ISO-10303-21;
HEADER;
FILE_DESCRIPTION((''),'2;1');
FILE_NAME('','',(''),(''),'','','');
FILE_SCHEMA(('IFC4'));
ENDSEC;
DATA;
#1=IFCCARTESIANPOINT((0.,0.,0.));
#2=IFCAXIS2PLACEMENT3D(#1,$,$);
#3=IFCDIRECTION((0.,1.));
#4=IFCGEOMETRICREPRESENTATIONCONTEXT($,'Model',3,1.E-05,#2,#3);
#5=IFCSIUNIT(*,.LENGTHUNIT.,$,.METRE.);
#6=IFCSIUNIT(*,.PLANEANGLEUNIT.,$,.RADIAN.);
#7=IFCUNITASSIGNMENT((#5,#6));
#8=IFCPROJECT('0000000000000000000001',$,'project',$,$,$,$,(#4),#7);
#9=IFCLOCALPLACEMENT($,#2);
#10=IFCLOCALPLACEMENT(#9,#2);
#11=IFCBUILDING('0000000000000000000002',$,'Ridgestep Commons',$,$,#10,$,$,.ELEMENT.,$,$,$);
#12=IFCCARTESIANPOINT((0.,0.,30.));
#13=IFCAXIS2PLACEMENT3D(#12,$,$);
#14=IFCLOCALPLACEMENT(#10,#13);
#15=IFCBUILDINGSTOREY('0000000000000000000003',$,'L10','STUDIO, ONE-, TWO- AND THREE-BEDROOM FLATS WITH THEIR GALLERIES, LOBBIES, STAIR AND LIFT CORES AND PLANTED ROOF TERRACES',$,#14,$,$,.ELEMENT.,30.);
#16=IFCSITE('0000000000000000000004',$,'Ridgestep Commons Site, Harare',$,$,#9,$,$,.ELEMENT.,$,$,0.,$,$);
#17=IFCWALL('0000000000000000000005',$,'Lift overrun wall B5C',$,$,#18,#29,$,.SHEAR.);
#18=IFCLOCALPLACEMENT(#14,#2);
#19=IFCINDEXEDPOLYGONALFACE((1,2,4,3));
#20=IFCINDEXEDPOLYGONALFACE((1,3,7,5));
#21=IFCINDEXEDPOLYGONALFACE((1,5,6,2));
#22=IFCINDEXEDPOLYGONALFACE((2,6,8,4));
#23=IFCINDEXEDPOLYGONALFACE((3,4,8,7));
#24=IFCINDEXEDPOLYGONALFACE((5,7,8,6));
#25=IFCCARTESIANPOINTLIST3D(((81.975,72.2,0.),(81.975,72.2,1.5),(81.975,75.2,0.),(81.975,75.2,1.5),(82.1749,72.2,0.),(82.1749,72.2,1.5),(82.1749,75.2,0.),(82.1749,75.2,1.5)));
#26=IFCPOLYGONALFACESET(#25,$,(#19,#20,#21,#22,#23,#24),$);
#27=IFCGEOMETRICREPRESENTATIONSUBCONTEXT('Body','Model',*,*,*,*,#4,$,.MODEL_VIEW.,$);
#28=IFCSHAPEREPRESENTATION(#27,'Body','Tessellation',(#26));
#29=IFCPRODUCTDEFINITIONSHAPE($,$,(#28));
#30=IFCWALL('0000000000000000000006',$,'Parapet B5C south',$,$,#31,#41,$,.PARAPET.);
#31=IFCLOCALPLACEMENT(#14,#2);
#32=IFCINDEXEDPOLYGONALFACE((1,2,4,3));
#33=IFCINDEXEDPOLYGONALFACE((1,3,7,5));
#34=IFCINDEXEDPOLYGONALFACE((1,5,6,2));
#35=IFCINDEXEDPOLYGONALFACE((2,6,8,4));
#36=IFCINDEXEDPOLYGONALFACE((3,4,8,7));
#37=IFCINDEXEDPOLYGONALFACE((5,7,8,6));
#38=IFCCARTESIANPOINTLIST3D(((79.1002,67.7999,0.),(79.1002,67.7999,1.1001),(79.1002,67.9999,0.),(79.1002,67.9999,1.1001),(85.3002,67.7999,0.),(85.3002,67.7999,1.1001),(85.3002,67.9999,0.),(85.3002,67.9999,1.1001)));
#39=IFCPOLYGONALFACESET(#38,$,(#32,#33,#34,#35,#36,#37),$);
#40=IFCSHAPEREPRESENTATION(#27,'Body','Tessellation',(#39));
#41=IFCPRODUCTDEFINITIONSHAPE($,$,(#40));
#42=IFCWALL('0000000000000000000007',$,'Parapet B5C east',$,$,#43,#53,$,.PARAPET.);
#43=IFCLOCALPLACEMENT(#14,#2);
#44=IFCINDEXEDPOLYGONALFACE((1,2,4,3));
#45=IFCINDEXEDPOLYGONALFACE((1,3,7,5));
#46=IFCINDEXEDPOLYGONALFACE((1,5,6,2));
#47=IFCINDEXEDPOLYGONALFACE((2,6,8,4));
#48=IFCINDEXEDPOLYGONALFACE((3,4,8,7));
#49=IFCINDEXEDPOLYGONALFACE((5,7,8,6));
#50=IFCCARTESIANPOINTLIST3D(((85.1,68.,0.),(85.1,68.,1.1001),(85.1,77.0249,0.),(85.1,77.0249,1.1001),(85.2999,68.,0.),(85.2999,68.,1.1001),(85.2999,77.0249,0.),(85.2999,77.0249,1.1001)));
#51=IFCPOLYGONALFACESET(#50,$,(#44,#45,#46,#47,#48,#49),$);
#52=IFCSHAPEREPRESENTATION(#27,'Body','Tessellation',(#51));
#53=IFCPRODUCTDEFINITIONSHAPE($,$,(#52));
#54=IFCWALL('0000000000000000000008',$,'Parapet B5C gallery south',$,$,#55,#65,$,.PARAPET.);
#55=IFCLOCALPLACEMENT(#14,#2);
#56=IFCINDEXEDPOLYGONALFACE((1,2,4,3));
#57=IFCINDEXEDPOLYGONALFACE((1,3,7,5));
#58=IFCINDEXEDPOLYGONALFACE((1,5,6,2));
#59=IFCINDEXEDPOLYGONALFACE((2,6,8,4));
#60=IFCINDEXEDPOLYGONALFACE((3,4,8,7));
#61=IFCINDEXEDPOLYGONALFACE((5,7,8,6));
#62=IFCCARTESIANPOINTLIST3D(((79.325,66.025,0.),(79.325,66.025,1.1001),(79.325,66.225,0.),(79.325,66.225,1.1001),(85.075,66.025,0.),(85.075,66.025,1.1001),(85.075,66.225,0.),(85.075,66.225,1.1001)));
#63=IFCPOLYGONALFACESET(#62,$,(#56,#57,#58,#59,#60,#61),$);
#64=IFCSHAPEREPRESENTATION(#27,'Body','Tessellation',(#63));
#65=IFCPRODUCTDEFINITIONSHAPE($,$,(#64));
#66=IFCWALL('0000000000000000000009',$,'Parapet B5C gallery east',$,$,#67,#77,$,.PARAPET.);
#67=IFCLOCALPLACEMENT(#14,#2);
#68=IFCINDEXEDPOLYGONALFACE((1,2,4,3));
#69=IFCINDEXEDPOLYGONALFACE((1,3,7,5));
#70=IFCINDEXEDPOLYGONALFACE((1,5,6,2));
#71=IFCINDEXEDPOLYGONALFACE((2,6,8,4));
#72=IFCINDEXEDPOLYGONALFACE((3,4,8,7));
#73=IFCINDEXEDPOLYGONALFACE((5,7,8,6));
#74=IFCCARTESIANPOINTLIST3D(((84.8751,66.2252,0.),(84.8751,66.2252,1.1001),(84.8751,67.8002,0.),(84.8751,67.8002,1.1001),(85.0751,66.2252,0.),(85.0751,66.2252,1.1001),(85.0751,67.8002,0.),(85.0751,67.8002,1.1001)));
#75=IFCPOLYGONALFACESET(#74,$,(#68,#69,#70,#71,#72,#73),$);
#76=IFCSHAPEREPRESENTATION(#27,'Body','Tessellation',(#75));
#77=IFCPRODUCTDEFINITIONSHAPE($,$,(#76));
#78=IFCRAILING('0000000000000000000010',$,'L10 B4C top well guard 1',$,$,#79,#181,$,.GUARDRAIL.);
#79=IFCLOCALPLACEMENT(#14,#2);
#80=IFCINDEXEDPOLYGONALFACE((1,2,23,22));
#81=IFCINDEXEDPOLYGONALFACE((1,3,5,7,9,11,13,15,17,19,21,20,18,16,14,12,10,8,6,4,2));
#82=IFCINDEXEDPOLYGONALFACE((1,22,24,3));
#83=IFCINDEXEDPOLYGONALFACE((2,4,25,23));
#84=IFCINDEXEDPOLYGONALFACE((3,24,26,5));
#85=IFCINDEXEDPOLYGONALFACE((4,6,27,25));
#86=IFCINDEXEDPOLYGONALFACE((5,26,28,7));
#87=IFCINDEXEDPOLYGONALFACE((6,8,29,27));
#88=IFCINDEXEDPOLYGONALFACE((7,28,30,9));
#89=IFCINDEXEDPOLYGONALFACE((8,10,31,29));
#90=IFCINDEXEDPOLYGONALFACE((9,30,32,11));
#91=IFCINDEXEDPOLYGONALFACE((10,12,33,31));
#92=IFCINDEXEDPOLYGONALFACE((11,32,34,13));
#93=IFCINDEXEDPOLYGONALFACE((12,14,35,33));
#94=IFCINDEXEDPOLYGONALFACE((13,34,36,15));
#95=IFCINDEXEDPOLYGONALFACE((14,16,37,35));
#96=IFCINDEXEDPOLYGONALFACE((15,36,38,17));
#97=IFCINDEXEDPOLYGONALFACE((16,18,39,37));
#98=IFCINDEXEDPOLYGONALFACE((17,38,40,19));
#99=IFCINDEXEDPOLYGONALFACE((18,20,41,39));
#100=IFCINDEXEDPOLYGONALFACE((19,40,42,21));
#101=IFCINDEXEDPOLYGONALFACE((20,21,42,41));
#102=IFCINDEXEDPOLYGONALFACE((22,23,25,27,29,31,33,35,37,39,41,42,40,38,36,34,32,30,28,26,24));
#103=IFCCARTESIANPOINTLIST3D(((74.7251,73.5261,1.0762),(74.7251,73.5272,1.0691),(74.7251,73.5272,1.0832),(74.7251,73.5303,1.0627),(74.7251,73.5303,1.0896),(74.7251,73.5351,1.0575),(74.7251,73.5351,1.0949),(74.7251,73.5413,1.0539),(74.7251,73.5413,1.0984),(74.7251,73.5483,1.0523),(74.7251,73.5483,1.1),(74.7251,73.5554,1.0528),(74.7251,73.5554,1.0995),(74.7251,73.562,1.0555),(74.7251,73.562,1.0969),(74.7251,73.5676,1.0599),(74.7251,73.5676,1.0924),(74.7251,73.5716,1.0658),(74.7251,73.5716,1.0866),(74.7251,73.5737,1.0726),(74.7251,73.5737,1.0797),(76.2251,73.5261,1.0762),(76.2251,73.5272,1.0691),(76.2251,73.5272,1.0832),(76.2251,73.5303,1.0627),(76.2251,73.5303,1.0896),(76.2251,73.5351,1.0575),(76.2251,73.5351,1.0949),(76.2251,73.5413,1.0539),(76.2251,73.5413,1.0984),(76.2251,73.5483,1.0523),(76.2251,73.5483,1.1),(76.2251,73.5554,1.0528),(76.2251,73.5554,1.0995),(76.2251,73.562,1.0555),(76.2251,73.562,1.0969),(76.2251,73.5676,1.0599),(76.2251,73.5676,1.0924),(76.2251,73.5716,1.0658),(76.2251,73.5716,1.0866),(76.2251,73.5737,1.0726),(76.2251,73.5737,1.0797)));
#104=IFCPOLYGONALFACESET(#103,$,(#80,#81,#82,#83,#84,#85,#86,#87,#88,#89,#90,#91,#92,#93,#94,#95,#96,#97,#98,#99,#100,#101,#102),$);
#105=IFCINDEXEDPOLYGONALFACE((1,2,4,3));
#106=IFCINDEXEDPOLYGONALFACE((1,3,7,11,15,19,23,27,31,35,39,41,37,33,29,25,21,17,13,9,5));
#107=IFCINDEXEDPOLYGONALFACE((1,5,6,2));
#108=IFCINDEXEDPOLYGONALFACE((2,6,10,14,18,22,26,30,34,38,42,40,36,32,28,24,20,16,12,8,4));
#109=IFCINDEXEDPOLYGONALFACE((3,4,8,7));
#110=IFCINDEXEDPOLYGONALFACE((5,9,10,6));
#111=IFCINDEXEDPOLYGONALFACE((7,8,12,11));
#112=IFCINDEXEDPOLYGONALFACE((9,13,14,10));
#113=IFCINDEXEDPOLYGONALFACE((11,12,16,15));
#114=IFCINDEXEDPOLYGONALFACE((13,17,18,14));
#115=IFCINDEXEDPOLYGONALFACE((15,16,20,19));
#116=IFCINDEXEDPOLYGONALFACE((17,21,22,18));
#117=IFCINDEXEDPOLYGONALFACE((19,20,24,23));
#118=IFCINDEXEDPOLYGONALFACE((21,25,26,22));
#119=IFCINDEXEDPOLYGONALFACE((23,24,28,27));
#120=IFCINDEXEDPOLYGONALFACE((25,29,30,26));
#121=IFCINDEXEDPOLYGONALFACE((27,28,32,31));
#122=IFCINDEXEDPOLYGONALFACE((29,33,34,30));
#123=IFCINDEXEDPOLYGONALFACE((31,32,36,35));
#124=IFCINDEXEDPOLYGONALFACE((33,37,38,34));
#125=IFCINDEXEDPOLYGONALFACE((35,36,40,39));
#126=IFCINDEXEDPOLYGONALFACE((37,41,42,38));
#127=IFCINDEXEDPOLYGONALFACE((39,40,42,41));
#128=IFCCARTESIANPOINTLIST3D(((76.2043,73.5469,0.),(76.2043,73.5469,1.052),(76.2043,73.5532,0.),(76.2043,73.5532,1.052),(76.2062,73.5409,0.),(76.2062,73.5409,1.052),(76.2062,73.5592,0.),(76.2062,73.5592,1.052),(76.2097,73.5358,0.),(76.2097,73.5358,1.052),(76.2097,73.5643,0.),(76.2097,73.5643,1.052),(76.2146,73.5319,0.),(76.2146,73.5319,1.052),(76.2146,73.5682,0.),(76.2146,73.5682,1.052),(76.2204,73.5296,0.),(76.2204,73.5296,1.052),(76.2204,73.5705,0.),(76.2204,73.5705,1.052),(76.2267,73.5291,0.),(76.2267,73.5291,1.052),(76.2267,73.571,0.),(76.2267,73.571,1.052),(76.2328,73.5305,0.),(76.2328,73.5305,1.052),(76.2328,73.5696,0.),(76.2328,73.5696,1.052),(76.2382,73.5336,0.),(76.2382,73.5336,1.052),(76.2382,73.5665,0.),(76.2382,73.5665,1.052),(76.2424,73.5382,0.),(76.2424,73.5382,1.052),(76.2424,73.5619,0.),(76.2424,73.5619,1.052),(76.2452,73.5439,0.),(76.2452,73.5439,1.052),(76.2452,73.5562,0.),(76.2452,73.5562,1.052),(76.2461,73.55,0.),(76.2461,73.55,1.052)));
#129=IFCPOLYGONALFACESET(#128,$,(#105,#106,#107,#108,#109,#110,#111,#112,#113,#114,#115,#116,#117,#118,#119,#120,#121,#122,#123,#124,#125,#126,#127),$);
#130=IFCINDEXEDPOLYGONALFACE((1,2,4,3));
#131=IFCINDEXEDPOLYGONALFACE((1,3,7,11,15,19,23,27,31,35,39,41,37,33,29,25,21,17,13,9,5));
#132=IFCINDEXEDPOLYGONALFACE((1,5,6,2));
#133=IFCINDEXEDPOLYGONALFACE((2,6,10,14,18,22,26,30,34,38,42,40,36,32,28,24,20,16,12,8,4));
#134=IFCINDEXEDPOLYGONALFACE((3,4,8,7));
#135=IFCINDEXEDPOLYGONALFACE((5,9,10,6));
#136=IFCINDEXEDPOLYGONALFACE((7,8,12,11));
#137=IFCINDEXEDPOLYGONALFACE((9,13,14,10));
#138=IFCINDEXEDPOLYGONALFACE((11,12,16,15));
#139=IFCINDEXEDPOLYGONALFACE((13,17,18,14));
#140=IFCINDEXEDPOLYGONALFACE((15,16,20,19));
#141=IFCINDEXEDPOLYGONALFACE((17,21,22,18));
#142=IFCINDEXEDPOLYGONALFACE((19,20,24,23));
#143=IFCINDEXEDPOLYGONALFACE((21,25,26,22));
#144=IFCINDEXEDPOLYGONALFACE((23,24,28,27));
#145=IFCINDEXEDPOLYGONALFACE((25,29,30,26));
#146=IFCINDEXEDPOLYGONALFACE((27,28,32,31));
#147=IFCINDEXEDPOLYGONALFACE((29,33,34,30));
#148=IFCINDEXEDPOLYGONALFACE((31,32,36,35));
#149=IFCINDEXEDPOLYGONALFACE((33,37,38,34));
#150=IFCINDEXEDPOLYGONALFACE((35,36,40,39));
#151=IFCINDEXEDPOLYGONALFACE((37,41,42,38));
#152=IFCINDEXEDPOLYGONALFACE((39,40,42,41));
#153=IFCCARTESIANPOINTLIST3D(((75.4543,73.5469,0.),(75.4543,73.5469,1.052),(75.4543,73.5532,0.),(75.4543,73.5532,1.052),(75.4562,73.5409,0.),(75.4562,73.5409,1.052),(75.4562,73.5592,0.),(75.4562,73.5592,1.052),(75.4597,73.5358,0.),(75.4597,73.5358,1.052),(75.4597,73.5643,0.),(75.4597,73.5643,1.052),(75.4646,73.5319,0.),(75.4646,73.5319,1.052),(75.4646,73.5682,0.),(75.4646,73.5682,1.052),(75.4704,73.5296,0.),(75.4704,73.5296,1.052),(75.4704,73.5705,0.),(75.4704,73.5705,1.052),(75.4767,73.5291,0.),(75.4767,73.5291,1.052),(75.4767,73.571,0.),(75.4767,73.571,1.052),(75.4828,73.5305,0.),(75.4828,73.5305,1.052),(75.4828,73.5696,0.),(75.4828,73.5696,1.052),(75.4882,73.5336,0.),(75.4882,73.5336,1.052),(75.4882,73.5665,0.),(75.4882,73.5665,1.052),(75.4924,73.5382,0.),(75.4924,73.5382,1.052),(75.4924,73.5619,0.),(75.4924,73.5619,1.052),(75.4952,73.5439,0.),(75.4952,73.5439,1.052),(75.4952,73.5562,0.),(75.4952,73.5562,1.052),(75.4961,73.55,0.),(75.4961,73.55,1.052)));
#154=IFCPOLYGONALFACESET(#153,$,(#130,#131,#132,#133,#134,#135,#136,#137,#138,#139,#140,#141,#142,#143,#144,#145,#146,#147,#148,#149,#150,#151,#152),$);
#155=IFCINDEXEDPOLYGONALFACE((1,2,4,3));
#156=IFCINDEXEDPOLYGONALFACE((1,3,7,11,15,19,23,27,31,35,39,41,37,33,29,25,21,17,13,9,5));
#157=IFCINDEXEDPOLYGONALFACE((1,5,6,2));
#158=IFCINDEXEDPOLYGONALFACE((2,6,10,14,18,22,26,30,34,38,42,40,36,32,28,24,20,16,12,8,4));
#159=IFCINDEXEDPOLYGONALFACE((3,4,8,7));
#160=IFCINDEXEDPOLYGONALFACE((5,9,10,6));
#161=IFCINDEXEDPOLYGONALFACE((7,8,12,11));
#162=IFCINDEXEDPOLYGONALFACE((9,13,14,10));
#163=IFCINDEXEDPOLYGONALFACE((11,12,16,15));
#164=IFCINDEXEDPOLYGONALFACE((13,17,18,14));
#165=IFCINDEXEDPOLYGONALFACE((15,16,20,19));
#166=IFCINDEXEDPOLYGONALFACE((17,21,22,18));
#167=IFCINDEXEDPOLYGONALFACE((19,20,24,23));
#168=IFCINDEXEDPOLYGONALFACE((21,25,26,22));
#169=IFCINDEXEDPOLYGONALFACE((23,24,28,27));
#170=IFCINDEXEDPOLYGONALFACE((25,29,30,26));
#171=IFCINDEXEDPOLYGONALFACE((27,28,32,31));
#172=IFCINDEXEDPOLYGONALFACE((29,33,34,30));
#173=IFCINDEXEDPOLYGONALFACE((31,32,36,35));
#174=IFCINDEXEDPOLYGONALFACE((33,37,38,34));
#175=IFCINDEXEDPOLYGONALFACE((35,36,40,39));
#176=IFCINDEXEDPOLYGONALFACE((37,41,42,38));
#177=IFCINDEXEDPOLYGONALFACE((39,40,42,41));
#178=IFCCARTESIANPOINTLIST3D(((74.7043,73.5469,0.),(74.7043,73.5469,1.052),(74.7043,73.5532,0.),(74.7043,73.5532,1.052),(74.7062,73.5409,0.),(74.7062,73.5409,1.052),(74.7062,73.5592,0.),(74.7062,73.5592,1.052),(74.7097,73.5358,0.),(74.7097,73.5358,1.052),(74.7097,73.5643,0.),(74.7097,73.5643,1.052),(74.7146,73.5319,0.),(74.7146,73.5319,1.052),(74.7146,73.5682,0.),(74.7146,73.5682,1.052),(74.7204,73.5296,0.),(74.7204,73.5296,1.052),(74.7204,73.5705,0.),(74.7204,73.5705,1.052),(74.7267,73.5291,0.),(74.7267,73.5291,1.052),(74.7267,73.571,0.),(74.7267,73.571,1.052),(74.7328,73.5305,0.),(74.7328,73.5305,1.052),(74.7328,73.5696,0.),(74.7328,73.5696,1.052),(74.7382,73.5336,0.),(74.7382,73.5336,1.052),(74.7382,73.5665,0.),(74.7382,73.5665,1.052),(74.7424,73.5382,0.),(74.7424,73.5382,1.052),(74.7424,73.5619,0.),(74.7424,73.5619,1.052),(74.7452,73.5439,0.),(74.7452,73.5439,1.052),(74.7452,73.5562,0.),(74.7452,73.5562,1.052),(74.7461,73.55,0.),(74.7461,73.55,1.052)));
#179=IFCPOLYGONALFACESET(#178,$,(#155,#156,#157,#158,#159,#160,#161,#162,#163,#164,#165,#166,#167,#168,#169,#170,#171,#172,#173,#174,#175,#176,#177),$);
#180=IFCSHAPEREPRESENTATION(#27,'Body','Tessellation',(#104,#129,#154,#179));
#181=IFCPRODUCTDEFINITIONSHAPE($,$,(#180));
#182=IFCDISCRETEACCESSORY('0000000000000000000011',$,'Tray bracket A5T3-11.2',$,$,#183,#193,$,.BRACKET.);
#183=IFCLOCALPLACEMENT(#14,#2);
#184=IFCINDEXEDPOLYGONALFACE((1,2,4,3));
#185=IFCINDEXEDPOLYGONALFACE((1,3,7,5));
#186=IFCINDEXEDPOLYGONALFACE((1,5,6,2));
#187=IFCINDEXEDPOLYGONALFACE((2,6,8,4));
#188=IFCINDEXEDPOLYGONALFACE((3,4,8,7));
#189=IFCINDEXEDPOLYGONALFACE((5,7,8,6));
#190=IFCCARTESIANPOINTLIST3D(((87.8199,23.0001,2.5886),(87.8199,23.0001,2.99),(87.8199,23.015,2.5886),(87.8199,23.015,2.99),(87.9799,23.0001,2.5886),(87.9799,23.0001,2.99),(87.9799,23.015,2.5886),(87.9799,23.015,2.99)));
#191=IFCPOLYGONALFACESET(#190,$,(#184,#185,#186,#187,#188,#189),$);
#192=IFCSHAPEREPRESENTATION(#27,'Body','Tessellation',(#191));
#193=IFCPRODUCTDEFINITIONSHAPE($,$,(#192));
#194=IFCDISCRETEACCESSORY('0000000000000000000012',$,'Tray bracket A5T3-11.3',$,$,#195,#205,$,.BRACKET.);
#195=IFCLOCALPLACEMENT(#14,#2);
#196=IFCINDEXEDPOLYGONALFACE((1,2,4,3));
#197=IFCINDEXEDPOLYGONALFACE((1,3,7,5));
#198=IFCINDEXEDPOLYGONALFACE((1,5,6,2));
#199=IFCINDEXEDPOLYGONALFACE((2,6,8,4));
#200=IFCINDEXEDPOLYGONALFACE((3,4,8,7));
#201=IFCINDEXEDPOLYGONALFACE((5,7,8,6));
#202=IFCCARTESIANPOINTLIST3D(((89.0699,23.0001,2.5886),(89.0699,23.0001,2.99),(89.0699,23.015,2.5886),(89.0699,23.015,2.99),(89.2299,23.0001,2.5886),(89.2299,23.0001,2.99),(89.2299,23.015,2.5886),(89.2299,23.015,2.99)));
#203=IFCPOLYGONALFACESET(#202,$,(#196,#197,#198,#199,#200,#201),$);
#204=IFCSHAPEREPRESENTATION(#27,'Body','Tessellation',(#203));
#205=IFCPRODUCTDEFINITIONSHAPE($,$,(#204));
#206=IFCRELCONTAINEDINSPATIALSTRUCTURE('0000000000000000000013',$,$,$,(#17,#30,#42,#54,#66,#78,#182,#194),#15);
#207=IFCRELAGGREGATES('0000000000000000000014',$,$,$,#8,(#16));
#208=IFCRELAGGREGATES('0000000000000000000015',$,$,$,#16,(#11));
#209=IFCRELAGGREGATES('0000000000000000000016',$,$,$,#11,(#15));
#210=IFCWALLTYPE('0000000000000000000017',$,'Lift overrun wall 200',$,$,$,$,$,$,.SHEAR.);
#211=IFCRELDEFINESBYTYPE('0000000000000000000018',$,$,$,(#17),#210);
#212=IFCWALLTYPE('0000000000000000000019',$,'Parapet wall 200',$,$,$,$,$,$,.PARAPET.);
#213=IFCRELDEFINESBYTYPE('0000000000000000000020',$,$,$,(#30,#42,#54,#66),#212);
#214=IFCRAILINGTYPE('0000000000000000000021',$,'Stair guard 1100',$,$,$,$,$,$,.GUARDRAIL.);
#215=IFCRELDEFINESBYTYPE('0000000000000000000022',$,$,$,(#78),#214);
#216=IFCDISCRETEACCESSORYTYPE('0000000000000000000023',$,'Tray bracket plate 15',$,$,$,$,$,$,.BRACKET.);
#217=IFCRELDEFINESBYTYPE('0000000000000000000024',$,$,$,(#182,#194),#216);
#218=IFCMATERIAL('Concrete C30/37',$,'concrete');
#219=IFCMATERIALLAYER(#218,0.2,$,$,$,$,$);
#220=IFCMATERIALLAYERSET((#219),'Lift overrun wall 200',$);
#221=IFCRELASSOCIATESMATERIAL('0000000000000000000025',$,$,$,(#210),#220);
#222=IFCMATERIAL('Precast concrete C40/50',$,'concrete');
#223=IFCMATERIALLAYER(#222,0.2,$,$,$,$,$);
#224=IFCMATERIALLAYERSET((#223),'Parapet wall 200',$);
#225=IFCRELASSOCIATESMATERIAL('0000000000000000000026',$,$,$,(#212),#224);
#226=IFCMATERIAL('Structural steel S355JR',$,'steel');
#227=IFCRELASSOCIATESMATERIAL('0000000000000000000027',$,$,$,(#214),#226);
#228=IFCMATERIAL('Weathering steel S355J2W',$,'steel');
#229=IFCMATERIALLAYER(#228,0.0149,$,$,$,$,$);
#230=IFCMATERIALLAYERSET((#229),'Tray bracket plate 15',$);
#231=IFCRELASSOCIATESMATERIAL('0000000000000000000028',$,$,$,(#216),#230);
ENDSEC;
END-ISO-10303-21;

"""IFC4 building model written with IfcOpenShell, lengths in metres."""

from ifc_helpers import new_model, si_unit, direction, frame, frame_2d, origin, origin_2d, place, context, subcontext, project, spatial, rectangle, circle, extrude, material, layer, layer_set, type_object, element, save


model = new_model("IFC4")

# Units and contexts
model_context = context("Model", 3, precision=1e-05, world=origin(), true_north=direction((0.0, 1.0)))
body_context = subcontext(model_context, "Body", "Model", "MODEL_VIEW")
ifc_project = project(units=[si_unit("LENGTHUNIT", "METRE"), si_unit("PLANEANGLEUNIT", "RADIAN")], contexts=[model_context])

# Site, building, storey
site_placement = place(None, origin())
site = spatial("IfcSite", under=ifc_project, at=site_placement, Name="Ridgestep Commons Site, Harare", CompositionType="ELEMENT", RefElevation=0.0)
building_placement = place(site_placement, origin())
building = spatial("IfcBuilding", under=site, at=building_placement, Name="Ridgestep Commons", CompositionType="ELEMENT")
storey_placement = place(building_placement, frame((0.0, 0.0, 30.0)))
storey = spatial("IfcBuildingStorey", under=building, at=storey_placement, Name="L10", Description="STUDIO, ONE-, TWO- AND THREE-BEDROOM FLATS WITH THEIR GALLERIES, LOBBIES, STAIR AND LIFT CORES AND PLANTED ROOF TERRACES", CompositionType="ELEMENT", Elevation=30.0)

# Walls
ifc_material_1 = material(Name="Concrete C30/37", Category="concrete")
ifc_layer_1 = layer(ifc_material_1, 0.2)
ifc_layer_set_1 = layer_set([ifc_layer_1], Name="Lift overrun wall 200")
wall_type_1 = type_object("IfcWallType", Name="Lift overrun wall 200", PredefinedType="SHEAR", material=ifc_layer_set_1)
wall_1_placement = place(storey_placement, frame((82.075, 72.2, 0.0), z_axis=(0.0, 0.0, 1.0), x_axis=(0.0, 1.0, 0.0)))
element("IfcWall", 1, at=wall_1_placement, inside=storey, type_object=wall_type_1, Name="Lift overrun wall B5C", PredefinedType="SHEAR", context=body_context, shape_type="SweptSolid", body=[
    extrude(rectangle(XDim=3.0, YDim=0.2, at=frame_2d((1.5, 0.0))), origin(), (0.0, 0.0, 1.0), 1.5),
])
ifc_material_2 = material(Name="Precast concrete C40/50", Category="concrete")
ifc_layer_2 = layer(ifc_material_2, 0.2)
ifc_layer_set_2 = layer_set([ifc_layer_2], Name="Parapet wall 200")
wall_type_2 = type_object("IfcWallType", Name="Parapet wall 200", PredefinedType="PARAPET", material=ifc_layer_set_2)
wall_2_placement = place(storey_placement, frame((79.1001, 67.8999, 0.0), z_axis=(0.0, 0.0, 1.0), x_axis=(1.0, 0.0, 0.0)))
element("IfcWall", 2, at=wall_2_placement, inside=storey, type_object=wall_type_2, Name="Parapet B5C south", PredefinedType="PARAPET", context=body_context, shape_type="SweptSolid", body=[
    extrude(rectangle(XDim=6.2, YDim=0.2, at=frame_2d((3.1001, 0.0))), origin(), (0.0, 0.0, 1.0), 1.1001),
])
wall_3_placement = place(storey_placement, frame((85.2, 68.0, 0.0), z_axis=(0.0, 0.0, 1.0), x_axis=(0.0, 1.0, 0.0)))
element("IfcWall", 3, at=wall_3_placement, inside=storey, type_object=wall_type_2, Name="Parapet B5C east", PredefinedType="PARAPET", context=body_context, shape_type="SweptSolid", body=[
    extrude(rectangle(XDim=9.0249, YDim=0.2, at=frame_2d((4.5125, 0.0))), origin(), (0.0, 0.0, 1.0), 1.1001),
])
wall_4_placement = place(storey_placement, frame((79.325, 66.125, 0.0), z_axis=(0.0, 0.0, 1.0), x_axis=(1.0, 0.0, 0.0)))
element("IfcWall", 4, at=wall_4_placement, inside=storey, type_object=wall_type_2, Name="Parapet B5C gallery south", PredefinedType="PARAPET", context=body_context, shape_type="SweptSolid", body=[
    extrude(rectangle(XDim=5.75, YDim=0.2, at=frame_2d((2.875, 0.0))), origin(), (0.0, 0.0, 1.0), 1.1001),
])
wall_5_placement = place(storey_placement, frame((84.9751, 66.2251, 0.0), z_axis=(0.0, 0.0, 1.0), x_axis=(0.0, 1.0, 0.0)))
element("IfcWall", 5, at=wall_5_placement, inside=storey, type_object=wall_type_2, Name="Parapet B5C gallery east", PredefinedType="PARAPET", context=body_context, shape_type="SweptSolid", body=[
    extrude(rectangle(XDim=1.575, YDim=0.2, at=frame_2d((0.7876, 0.0))), origin(), (0.0, 0.0, 1.0), 1.1001),
])

# Railing
ifc_material_3 = material(Name="Structural steel S355JR", Category="steel")
railing_type_1 = type_object("IfcRailingType", Name="Stair guard 1100", PredefinedType="GUARDRAIL", material=ifc_material_3)
railing_1_placement = place(storey_placement, frame((76.2251, 73.55, 0.0)))
element("IfcRailing", 6, at=railing_1_placement, inside=storey, type_object=railing_type_1, Name="L10 B4C top well guard 1", PredefinedType="GUARDRAIL", context=body_context, shape_type="SweptSolid", body=[
    extrude(circle(Radius=0.0239, at=origin_2d()), frame((0.0, 0.0, 1.0762), z_axis=(-1.0, 0.0, 0.0), x_axis=(0.0, -1.0, 0.0)), (0.0, 0.0, 1.0), 1.5),
    extrude(circle(Radius=0.021, at=origin_2d()), origin(), (0.0, 0.0, 1.0), 1.052),
    extrude(circle(Radius=0.021, at=origin_2d()), frame((-0.75, 0.0, 0.0)), (0.0, 0.0, 1.0), 1.052),
    extrude(circle(Radius=0.021, at=origin_2d()), frame((-1.5, 0.0, 0.0)), (0.0, 0.0, 1.0), 1.052),
])

# Discrete accessories
ifc_material_4 = material(Name="Weathering steel S355J2W", Category="steel")
ifc_layer_3 = layer(ifc_material_4, 0.0149)
ifc_layer_set_3 = layer_set([ifc_layer_3], Name="Tray bracket plate 15")
discrete_accessory_type_1 = type_object("IfcDiscreteAccessoryType", Name="Tray bracket plate 15", PredefinedType="BRACKET", material=ifc_layer_set_3)
for number, where, z_axis, x_axis, name in (
    (7, (87.8999, 23.0076, 2.5886), (0.0, 0.0, 1.0), (1.0, 0.0, 0.0), "Tray bracket A5T3-11.2"),
    (8, (89.1499, 23.0076, 2.5886), (0.0, 0.0, 1.0), (1.0, 0.0, 0.0), "Tray bracket A5T3-11.3"),
):
    element("IfcDiscreteAccessory", number, at=place(storey_placement, frame(where, z_axis=z_axis, x_axis=x_axis)), inside=storey, type_object=discrete_accessory_type_1, Name=name, PredefinedType="BRACKET", context=body_context, shape_type="SweptSolid", body=[
        extrude(rectangle(XDim=0.1599, YDim=0.0149, at=origin_2d()), origin(), (0.0, 0.0, 1.0), 0.4014),
    ])

save(model, "model.ifc")
